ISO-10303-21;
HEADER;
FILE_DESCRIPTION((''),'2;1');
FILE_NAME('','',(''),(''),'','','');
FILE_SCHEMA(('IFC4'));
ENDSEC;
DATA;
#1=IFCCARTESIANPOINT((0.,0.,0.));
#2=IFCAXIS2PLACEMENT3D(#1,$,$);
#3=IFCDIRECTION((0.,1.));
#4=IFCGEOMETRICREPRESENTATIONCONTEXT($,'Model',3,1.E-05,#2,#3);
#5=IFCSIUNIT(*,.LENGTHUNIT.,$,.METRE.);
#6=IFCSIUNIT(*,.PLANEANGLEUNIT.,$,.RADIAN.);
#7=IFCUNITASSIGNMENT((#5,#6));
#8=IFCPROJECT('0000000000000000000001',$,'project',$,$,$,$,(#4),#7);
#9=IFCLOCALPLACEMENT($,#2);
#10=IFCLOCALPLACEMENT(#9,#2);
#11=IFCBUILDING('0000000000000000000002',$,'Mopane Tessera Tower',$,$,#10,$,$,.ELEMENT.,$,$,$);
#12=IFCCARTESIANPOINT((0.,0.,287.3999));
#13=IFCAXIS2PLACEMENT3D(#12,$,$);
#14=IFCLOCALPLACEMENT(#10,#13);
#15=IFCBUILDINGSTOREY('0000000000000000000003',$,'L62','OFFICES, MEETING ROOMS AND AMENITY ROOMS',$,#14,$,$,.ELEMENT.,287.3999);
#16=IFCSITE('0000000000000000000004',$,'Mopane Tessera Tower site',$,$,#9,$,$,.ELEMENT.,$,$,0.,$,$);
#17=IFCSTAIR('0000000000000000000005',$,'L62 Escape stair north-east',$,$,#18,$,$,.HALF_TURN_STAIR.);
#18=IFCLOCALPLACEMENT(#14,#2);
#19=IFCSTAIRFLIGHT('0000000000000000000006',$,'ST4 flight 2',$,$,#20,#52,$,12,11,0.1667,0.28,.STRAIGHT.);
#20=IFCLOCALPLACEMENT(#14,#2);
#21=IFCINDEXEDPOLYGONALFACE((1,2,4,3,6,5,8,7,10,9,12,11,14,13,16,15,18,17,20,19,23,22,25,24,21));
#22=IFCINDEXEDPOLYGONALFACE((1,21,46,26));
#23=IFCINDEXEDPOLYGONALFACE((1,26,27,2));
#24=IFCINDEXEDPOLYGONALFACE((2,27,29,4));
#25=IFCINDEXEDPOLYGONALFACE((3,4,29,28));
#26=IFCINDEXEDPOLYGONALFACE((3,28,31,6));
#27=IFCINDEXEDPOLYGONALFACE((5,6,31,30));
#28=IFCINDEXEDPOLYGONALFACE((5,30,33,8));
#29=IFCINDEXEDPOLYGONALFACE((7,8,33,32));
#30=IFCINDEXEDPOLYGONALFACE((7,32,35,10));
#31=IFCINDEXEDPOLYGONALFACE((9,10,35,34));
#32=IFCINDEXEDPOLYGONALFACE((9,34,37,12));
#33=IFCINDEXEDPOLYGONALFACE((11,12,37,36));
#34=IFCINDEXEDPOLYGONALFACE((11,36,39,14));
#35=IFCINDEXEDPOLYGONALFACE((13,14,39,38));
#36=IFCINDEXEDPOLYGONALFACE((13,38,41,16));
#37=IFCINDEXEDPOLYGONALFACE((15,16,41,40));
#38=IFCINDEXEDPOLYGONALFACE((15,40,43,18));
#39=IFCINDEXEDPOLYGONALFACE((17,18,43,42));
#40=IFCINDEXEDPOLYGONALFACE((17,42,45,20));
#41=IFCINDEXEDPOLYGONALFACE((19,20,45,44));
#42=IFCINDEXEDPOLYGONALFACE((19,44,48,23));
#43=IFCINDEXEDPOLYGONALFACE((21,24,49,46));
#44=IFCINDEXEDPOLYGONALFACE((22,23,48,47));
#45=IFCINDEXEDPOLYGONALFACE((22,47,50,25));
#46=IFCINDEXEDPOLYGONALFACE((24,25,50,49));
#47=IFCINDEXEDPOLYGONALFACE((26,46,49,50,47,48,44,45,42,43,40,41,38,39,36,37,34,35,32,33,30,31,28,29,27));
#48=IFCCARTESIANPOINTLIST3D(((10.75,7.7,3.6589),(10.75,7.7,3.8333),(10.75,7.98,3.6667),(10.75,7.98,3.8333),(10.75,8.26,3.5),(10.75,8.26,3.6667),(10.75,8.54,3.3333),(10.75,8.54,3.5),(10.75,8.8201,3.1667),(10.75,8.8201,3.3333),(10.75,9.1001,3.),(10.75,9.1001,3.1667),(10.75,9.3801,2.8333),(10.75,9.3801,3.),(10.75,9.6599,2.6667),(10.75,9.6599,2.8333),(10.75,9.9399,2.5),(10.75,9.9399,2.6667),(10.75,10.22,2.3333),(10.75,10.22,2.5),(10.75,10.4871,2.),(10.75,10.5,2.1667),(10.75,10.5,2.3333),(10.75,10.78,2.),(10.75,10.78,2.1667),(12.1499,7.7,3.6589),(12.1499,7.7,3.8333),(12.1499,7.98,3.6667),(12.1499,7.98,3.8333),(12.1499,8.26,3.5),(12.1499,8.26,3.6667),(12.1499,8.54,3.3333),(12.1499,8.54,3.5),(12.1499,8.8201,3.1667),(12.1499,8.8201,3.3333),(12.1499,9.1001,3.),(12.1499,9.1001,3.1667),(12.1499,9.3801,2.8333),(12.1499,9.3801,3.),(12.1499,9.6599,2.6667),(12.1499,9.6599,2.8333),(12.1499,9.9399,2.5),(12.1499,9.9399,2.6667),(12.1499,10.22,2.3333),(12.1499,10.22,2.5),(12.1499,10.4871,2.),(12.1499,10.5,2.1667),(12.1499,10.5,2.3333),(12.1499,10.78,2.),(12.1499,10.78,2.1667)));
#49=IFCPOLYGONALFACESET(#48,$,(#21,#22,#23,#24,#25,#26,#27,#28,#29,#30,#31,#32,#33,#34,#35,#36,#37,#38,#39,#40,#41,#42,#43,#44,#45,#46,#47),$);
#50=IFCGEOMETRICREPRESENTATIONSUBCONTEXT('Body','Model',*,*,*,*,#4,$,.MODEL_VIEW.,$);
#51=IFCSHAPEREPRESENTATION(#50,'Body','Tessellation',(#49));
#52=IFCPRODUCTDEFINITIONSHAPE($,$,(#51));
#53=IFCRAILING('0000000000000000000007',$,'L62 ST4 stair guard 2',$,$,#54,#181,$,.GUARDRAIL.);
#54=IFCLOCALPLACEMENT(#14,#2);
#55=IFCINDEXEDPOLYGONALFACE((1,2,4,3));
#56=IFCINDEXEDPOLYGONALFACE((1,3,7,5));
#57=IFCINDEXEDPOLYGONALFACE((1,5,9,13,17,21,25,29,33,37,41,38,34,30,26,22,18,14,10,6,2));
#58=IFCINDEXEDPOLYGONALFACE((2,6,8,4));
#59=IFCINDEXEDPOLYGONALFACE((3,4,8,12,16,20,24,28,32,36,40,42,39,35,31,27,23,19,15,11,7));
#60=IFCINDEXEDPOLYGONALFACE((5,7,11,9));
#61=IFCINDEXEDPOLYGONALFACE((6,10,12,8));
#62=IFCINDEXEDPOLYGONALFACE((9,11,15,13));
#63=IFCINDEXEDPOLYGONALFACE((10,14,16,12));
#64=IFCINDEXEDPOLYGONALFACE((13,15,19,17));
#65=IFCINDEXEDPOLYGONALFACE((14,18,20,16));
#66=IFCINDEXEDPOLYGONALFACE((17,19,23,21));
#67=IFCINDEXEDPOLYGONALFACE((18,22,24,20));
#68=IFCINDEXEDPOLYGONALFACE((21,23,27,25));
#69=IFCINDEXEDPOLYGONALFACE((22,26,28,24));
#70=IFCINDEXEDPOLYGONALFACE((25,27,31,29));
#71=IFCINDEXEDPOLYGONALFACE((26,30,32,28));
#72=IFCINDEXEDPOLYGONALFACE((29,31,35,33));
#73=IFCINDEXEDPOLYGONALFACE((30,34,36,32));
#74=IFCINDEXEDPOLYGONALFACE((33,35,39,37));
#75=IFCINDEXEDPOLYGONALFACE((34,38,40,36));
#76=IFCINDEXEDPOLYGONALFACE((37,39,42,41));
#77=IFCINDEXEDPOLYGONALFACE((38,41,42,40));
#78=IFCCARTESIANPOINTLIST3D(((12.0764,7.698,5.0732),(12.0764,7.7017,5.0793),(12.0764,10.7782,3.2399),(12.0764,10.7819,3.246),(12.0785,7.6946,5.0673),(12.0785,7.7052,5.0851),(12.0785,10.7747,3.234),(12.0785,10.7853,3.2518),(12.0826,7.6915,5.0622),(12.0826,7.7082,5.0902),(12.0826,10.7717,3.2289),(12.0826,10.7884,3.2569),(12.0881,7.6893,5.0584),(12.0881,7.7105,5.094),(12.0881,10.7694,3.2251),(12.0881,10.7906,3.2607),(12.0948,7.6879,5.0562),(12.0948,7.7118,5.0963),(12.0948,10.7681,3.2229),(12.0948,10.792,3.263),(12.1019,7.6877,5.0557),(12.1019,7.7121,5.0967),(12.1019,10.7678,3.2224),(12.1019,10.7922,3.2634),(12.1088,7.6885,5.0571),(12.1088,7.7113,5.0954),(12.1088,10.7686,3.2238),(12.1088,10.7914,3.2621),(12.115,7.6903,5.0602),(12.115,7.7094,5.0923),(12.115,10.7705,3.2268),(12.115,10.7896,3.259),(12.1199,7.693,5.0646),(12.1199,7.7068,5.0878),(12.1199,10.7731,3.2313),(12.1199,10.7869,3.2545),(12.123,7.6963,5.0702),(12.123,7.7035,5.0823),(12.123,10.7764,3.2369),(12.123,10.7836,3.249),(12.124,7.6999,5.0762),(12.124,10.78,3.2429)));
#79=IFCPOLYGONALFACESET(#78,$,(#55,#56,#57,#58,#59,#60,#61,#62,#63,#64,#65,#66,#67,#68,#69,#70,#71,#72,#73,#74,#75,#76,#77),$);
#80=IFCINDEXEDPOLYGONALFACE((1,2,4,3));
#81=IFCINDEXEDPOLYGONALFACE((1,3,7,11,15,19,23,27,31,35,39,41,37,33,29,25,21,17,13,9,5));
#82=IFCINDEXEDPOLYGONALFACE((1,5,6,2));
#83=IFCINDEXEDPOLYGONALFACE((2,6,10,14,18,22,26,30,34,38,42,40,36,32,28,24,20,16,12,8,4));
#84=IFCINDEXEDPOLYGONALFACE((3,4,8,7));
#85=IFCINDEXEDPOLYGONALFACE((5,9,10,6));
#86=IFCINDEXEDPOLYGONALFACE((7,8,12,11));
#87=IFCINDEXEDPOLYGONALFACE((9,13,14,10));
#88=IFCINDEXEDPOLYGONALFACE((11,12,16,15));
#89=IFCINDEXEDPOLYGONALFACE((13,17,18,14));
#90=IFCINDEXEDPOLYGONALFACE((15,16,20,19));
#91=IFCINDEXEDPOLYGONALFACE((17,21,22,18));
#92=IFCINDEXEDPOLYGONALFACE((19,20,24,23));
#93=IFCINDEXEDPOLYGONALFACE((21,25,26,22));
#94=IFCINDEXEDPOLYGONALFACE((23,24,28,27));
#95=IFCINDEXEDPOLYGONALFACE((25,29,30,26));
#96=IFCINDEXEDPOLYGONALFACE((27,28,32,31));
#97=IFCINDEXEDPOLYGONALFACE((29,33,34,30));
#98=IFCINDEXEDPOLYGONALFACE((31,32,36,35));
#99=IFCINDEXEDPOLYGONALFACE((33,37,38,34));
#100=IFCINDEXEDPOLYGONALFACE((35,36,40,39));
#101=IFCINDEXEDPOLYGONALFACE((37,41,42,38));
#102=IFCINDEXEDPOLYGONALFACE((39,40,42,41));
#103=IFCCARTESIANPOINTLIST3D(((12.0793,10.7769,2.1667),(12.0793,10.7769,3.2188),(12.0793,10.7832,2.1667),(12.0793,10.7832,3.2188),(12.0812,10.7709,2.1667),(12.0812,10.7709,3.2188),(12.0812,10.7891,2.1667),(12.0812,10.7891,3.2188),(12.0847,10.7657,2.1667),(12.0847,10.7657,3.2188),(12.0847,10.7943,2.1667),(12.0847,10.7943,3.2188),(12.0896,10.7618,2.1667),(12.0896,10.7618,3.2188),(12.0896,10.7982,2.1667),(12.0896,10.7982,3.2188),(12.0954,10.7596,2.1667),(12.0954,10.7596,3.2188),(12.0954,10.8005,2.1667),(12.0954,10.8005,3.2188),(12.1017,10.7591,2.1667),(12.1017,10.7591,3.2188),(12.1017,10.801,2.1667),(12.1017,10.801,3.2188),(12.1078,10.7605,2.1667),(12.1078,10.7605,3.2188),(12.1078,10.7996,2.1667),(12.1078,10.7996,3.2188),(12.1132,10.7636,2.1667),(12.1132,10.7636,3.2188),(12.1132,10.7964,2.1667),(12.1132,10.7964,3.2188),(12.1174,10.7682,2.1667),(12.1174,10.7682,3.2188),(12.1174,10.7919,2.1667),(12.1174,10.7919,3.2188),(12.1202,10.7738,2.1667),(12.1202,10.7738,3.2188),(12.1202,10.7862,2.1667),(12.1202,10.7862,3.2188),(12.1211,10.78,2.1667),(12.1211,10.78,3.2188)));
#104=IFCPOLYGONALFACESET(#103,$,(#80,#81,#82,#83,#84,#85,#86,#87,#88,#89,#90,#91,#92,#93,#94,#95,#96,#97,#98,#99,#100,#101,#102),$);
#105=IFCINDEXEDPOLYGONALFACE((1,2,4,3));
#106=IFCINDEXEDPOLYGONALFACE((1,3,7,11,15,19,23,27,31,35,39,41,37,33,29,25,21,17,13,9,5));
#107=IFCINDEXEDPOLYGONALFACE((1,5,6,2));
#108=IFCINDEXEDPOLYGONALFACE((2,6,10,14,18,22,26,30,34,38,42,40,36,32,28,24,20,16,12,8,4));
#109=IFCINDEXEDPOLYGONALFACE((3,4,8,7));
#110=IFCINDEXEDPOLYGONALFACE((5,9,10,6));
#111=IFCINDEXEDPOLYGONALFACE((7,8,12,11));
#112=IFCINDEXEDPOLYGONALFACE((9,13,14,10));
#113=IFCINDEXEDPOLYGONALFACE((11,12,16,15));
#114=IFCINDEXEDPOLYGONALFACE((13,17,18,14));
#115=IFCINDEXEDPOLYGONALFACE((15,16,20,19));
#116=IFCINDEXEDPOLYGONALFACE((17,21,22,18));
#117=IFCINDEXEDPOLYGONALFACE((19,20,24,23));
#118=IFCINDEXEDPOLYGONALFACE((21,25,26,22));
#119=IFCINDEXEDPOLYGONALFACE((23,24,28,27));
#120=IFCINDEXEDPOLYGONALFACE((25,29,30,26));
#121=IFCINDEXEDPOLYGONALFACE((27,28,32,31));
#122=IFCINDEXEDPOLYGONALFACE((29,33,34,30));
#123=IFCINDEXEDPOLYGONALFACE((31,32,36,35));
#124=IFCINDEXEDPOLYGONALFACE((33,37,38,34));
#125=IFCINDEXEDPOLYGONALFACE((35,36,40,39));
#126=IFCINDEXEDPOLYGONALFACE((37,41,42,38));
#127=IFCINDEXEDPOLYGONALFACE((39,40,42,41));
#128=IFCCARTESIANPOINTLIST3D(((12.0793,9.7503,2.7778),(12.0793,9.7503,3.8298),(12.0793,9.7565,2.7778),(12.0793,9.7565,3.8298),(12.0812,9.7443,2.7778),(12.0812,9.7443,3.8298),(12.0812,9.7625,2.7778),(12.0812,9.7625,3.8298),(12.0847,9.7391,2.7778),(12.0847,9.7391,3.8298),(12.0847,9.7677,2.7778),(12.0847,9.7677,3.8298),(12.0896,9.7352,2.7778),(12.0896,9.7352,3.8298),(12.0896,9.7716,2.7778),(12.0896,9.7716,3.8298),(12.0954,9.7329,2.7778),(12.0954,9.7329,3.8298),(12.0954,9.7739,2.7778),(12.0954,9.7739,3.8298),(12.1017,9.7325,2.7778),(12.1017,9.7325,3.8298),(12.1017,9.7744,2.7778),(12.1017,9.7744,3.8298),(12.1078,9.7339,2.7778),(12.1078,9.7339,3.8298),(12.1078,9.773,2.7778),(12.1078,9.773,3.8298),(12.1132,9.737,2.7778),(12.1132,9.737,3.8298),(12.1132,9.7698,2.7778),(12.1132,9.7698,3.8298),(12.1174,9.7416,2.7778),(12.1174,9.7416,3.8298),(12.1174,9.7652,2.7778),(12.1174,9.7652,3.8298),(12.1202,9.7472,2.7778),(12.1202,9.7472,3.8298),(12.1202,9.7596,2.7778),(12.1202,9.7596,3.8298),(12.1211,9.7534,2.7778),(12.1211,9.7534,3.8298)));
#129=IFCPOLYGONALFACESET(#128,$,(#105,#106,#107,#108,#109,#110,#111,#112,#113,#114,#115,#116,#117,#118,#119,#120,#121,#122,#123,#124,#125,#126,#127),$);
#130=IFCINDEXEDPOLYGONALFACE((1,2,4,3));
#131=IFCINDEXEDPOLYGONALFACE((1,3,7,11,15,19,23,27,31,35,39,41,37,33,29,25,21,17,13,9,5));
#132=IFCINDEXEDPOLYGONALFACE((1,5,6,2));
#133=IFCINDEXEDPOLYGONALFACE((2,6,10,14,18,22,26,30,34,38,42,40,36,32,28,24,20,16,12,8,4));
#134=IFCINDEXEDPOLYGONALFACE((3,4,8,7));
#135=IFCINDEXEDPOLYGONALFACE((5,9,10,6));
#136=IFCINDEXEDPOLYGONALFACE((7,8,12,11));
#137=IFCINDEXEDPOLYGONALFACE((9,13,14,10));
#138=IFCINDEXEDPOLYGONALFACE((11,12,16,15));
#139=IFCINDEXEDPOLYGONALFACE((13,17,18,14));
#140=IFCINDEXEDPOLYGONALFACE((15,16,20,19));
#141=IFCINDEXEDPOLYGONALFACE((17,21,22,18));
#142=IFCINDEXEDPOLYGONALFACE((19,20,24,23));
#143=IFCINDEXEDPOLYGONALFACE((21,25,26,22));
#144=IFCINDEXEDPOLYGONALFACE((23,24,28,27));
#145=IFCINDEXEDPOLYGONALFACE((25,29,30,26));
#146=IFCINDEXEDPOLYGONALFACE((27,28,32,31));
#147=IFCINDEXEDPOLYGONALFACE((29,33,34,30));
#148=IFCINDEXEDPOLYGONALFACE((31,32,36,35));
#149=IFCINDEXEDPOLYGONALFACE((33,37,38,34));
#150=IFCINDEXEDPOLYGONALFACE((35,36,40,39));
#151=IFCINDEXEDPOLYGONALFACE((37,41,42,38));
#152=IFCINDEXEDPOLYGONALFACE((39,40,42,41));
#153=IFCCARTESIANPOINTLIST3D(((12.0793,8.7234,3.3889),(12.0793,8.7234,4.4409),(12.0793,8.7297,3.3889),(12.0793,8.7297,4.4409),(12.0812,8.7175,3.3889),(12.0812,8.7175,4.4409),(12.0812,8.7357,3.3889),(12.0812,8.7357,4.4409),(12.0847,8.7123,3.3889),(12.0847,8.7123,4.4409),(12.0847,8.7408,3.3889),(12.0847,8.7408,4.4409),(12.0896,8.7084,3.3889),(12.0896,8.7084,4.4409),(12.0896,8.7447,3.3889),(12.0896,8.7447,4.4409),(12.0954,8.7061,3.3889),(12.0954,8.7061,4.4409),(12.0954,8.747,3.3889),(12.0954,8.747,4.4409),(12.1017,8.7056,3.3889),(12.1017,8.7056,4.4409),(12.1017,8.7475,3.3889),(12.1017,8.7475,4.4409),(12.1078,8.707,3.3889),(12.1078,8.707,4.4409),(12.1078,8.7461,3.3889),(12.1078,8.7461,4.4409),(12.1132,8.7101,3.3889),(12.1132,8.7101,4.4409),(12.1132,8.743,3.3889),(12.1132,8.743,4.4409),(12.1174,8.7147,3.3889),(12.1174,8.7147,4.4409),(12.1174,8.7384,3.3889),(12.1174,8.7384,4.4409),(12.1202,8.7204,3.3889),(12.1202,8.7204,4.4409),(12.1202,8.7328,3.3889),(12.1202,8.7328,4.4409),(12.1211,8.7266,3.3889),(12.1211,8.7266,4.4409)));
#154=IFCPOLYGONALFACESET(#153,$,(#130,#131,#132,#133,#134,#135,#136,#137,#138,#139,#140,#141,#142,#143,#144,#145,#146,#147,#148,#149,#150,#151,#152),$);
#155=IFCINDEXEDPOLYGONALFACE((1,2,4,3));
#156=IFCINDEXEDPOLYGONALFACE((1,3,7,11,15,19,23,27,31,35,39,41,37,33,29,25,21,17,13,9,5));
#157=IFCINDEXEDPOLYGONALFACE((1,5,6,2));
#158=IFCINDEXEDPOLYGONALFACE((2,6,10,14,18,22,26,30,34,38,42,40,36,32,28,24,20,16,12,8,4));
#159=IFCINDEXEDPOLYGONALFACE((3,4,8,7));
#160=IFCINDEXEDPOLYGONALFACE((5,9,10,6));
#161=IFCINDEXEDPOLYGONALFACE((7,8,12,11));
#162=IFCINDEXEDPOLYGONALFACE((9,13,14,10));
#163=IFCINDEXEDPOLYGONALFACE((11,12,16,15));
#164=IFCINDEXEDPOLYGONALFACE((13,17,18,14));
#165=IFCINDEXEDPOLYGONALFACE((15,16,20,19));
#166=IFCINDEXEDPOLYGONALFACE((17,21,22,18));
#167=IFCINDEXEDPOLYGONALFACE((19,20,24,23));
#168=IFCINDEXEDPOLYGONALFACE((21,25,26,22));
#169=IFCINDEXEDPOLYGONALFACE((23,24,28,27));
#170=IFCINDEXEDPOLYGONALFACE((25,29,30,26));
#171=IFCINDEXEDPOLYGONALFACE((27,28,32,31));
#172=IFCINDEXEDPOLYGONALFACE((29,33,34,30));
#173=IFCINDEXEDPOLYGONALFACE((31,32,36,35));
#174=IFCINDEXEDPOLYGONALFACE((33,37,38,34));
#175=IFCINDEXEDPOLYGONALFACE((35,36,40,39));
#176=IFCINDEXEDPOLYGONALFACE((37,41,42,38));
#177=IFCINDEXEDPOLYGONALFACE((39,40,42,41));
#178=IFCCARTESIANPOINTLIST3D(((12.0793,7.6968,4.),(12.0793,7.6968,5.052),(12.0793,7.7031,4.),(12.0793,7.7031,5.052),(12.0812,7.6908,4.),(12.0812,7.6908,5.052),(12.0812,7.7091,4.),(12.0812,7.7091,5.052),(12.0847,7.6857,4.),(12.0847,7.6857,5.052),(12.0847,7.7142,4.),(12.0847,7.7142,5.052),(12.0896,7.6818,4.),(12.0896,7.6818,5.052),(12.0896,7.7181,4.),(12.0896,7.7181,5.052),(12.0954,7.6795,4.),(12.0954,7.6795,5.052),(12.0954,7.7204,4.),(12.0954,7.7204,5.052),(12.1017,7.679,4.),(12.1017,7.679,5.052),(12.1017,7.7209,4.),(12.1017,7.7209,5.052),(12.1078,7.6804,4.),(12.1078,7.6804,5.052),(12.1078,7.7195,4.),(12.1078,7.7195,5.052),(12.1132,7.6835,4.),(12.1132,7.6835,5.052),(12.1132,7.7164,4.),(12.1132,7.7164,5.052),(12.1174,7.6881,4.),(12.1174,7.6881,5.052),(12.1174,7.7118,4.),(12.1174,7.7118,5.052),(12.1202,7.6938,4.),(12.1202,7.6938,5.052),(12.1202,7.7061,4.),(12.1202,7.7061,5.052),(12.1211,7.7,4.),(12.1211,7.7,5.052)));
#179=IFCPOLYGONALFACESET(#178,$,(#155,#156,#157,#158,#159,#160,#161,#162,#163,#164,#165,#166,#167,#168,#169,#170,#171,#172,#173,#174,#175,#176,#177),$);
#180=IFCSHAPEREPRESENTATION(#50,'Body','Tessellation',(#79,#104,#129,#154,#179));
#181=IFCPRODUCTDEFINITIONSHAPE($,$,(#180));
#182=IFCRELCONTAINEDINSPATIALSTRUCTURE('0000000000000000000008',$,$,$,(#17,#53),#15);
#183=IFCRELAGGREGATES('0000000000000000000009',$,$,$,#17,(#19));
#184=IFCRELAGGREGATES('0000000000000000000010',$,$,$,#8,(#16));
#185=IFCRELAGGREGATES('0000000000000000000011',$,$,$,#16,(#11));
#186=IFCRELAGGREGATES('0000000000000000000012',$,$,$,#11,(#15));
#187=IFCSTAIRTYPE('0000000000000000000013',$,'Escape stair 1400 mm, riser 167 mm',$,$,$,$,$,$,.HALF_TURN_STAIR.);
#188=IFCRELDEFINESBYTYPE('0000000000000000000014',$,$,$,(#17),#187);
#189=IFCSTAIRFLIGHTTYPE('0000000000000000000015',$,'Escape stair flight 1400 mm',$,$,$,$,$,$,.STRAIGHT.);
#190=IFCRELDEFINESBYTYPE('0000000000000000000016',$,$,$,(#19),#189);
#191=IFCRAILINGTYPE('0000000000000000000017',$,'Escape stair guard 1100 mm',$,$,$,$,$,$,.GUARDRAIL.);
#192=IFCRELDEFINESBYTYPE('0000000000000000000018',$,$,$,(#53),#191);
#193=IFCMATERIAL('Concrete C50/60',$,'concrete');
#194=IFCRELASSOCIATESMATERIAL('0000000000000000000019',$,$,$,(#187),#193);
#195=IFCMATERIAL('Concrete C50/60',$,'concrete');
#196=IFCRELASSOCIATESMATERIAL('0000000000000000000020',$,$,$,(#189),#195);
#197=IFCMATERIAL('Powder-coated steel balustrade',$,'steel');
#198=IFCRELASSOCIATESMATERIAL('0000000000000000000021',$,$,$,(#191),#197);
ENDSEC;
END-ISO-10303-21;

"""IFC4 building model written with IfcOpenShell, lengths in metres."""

from ifc_helpers import new_model, si_unit, direction, frame, origin, origin_2d, place, context, subcontext, project, spatial, polyline, circle, outline, extrude, material, type_object, element, aggregate, save


model = new_model("IFC4")

# Units and contexts
model_context = context("Model", 3, precision=1e-05, world=origin(), true_north=direction((0.0, 1.0)))
body_context = subcontext(model_context, "Body", "Model", "MODEL_VIEW")
ifc_project = project(units=[si_unit("LENGTHUNIT", "METRE"), si_unit("PLANEANGLEUNIT", "RADIAN")], contexts=[model_context])

# Site, building, storey
site_placement = place(None, origin())
site = spatial("IfcSite", under=ifc_project, at=site_placement, Name="Mopane Tessera Tower site", CompositionType="ELEMENT", RefElevation=0.0)
building_placement = place(site_placement, origin())
building = spatial("IfcBuilding", under=site, at=building_placement, Name="Mopane Tessera Tower", CompositionType="ELEMENT")
storey_placement = place(building_placement, frame((0.0, 0.0, 287.3999)))
storey = spatial("IfcBuildingStorey", under=building, at=storey_placement, Name="L62", Description="OFFICES, MEETING ROOMS AND AMENITY ROOMS", CompositionType="ELEMENT", Elevation=287.3999)

# Stair, stair flight
ifc_material_1 = material(Name="Concrete C50/60", Category="concrete")
stair_type = type_object("IfcStairType", Name="Escape stair 1400 mm, riser 167 mm", PredefinedType="HALF_TURN_STAIR", material=ifc_material_1)
stair_placement = place(storey_placement, origin())
stair = element("IfcStair", 1, at=stair_placement, inside=storey, type_object=stair_type, Name="L62 Escape stair north-east", PredefinedType="HALF_TURN_STAIR")
ifc_material_2 = material(Name="Concrete C50/60", Category="concrete")
stair_flight_type = type_object("IfcStairFlightType", Name="Escape stair flight 1400 mm", PredefinedType="STRAIGHT", material=ifc_material_2)
stair_flight_placement = place(storey_placement, frame((11.45, 10.78, 2.0), z_axis=(0.0, 0.0, 1.0), x_axis=(0.0, -1.0, 0.0)))
stair_flight = element("IfcStairFlight", 2, at=stair_flight_placement, type_object=stair_flight_type, Name="ST4 flight 2", NumberOfRisers=12, NumberOfTreads=11, PredefinedType="STRAIGHT", RiserHeight=0.1667, TreadLength=0.28, context=body_context, shape_type="SweptSolid", body=[
    extrude(outline(polyline([(0.0, 0.0), (0.0, 0.1667), (0.28, 0.1667), (0.28, 0.3333), (0.5601, 0.3333), (0.5601, 0.5), (0.8401, 0.5), (0.8401, 0.6667), (1.1201, 0.6667), (1.1201, 0.8333), (1.3999, 0.8333), (1.3999, 1.0), (1.6799, 1.0), (1.6799, 1.1667), (1.96, 1.1667), (1.96, 1.3333), (2.24, 1.3333), (2.24, 1.5), (2.52, 1.5), (2.52, 1.6667), (2.8, 1.6667), (2.8, 1.8333), (3.0801, 1.8333), (3.0801, 2.0), (3.0801, 1.6589), (0.293, 0.0), (0.0, 0.0)])), frame((0.0, 0.7, 0.0), z_axis=(0.0, -1.0, 0.0), x_axis=(1.0, 0.0, 0.0)), (0.0, 0.0, 1.0), 1.3999),
])
aggregate(stair, [stair_flight])

# Railing
ifc_material_3 = material(Name="Powder-coated steel balustrade", Category="steel")
railing_type_1 = type_object("IfcRailingType", Name="Escape stair guard 1100 mm", PredefinedType="GUARDRAIL", material=ifc_material_3)
railing_1_placement = place(storey_placement, frame((12.1001, 10.78, 2.1667)))
element("IfcRailing", 3, at=railing_1_placement, inside=storey, type_object=railing_type_1, Name="L62 ST4 stair guard 2", PredefinedType="GUARDRAIL", context=body_context, shape_type="SweptSolid", body=[
    extrude(circle(Radius=0.0239, at=origin_2d()), frame((0.0, 0.0, 1.0762), z_axis=(0.0, -0.859309, 0.511458), x_axis=(1.0, 0.0, 0.0)), (0.0, 0.0, 1.0), 3.5845),
    extrude(circle(Radius=0.021, at=origin_2d()), origin(), (0.0, 0.0, 1.0), 1.052),
    extrude(circle(Radius=0.021, at=origin_2d()), frame((0.0, -1.0266, 0.6111)), (0.0, 0.0, 1.0), 1.052),
    extrude(circle(Radius=0.021, at=origin_2d()), frame((0.0, -2.0535, 1.2222)), (0.0, 0.0, 1.0), 1.052),
    extrude(circle(Radius=0.021, at=origin_2d()), frame((0.0, -3.0801, 1.8333)), (0.0, 0.0, 1.0), 1.052),
])

save(model, "model.ifc")
